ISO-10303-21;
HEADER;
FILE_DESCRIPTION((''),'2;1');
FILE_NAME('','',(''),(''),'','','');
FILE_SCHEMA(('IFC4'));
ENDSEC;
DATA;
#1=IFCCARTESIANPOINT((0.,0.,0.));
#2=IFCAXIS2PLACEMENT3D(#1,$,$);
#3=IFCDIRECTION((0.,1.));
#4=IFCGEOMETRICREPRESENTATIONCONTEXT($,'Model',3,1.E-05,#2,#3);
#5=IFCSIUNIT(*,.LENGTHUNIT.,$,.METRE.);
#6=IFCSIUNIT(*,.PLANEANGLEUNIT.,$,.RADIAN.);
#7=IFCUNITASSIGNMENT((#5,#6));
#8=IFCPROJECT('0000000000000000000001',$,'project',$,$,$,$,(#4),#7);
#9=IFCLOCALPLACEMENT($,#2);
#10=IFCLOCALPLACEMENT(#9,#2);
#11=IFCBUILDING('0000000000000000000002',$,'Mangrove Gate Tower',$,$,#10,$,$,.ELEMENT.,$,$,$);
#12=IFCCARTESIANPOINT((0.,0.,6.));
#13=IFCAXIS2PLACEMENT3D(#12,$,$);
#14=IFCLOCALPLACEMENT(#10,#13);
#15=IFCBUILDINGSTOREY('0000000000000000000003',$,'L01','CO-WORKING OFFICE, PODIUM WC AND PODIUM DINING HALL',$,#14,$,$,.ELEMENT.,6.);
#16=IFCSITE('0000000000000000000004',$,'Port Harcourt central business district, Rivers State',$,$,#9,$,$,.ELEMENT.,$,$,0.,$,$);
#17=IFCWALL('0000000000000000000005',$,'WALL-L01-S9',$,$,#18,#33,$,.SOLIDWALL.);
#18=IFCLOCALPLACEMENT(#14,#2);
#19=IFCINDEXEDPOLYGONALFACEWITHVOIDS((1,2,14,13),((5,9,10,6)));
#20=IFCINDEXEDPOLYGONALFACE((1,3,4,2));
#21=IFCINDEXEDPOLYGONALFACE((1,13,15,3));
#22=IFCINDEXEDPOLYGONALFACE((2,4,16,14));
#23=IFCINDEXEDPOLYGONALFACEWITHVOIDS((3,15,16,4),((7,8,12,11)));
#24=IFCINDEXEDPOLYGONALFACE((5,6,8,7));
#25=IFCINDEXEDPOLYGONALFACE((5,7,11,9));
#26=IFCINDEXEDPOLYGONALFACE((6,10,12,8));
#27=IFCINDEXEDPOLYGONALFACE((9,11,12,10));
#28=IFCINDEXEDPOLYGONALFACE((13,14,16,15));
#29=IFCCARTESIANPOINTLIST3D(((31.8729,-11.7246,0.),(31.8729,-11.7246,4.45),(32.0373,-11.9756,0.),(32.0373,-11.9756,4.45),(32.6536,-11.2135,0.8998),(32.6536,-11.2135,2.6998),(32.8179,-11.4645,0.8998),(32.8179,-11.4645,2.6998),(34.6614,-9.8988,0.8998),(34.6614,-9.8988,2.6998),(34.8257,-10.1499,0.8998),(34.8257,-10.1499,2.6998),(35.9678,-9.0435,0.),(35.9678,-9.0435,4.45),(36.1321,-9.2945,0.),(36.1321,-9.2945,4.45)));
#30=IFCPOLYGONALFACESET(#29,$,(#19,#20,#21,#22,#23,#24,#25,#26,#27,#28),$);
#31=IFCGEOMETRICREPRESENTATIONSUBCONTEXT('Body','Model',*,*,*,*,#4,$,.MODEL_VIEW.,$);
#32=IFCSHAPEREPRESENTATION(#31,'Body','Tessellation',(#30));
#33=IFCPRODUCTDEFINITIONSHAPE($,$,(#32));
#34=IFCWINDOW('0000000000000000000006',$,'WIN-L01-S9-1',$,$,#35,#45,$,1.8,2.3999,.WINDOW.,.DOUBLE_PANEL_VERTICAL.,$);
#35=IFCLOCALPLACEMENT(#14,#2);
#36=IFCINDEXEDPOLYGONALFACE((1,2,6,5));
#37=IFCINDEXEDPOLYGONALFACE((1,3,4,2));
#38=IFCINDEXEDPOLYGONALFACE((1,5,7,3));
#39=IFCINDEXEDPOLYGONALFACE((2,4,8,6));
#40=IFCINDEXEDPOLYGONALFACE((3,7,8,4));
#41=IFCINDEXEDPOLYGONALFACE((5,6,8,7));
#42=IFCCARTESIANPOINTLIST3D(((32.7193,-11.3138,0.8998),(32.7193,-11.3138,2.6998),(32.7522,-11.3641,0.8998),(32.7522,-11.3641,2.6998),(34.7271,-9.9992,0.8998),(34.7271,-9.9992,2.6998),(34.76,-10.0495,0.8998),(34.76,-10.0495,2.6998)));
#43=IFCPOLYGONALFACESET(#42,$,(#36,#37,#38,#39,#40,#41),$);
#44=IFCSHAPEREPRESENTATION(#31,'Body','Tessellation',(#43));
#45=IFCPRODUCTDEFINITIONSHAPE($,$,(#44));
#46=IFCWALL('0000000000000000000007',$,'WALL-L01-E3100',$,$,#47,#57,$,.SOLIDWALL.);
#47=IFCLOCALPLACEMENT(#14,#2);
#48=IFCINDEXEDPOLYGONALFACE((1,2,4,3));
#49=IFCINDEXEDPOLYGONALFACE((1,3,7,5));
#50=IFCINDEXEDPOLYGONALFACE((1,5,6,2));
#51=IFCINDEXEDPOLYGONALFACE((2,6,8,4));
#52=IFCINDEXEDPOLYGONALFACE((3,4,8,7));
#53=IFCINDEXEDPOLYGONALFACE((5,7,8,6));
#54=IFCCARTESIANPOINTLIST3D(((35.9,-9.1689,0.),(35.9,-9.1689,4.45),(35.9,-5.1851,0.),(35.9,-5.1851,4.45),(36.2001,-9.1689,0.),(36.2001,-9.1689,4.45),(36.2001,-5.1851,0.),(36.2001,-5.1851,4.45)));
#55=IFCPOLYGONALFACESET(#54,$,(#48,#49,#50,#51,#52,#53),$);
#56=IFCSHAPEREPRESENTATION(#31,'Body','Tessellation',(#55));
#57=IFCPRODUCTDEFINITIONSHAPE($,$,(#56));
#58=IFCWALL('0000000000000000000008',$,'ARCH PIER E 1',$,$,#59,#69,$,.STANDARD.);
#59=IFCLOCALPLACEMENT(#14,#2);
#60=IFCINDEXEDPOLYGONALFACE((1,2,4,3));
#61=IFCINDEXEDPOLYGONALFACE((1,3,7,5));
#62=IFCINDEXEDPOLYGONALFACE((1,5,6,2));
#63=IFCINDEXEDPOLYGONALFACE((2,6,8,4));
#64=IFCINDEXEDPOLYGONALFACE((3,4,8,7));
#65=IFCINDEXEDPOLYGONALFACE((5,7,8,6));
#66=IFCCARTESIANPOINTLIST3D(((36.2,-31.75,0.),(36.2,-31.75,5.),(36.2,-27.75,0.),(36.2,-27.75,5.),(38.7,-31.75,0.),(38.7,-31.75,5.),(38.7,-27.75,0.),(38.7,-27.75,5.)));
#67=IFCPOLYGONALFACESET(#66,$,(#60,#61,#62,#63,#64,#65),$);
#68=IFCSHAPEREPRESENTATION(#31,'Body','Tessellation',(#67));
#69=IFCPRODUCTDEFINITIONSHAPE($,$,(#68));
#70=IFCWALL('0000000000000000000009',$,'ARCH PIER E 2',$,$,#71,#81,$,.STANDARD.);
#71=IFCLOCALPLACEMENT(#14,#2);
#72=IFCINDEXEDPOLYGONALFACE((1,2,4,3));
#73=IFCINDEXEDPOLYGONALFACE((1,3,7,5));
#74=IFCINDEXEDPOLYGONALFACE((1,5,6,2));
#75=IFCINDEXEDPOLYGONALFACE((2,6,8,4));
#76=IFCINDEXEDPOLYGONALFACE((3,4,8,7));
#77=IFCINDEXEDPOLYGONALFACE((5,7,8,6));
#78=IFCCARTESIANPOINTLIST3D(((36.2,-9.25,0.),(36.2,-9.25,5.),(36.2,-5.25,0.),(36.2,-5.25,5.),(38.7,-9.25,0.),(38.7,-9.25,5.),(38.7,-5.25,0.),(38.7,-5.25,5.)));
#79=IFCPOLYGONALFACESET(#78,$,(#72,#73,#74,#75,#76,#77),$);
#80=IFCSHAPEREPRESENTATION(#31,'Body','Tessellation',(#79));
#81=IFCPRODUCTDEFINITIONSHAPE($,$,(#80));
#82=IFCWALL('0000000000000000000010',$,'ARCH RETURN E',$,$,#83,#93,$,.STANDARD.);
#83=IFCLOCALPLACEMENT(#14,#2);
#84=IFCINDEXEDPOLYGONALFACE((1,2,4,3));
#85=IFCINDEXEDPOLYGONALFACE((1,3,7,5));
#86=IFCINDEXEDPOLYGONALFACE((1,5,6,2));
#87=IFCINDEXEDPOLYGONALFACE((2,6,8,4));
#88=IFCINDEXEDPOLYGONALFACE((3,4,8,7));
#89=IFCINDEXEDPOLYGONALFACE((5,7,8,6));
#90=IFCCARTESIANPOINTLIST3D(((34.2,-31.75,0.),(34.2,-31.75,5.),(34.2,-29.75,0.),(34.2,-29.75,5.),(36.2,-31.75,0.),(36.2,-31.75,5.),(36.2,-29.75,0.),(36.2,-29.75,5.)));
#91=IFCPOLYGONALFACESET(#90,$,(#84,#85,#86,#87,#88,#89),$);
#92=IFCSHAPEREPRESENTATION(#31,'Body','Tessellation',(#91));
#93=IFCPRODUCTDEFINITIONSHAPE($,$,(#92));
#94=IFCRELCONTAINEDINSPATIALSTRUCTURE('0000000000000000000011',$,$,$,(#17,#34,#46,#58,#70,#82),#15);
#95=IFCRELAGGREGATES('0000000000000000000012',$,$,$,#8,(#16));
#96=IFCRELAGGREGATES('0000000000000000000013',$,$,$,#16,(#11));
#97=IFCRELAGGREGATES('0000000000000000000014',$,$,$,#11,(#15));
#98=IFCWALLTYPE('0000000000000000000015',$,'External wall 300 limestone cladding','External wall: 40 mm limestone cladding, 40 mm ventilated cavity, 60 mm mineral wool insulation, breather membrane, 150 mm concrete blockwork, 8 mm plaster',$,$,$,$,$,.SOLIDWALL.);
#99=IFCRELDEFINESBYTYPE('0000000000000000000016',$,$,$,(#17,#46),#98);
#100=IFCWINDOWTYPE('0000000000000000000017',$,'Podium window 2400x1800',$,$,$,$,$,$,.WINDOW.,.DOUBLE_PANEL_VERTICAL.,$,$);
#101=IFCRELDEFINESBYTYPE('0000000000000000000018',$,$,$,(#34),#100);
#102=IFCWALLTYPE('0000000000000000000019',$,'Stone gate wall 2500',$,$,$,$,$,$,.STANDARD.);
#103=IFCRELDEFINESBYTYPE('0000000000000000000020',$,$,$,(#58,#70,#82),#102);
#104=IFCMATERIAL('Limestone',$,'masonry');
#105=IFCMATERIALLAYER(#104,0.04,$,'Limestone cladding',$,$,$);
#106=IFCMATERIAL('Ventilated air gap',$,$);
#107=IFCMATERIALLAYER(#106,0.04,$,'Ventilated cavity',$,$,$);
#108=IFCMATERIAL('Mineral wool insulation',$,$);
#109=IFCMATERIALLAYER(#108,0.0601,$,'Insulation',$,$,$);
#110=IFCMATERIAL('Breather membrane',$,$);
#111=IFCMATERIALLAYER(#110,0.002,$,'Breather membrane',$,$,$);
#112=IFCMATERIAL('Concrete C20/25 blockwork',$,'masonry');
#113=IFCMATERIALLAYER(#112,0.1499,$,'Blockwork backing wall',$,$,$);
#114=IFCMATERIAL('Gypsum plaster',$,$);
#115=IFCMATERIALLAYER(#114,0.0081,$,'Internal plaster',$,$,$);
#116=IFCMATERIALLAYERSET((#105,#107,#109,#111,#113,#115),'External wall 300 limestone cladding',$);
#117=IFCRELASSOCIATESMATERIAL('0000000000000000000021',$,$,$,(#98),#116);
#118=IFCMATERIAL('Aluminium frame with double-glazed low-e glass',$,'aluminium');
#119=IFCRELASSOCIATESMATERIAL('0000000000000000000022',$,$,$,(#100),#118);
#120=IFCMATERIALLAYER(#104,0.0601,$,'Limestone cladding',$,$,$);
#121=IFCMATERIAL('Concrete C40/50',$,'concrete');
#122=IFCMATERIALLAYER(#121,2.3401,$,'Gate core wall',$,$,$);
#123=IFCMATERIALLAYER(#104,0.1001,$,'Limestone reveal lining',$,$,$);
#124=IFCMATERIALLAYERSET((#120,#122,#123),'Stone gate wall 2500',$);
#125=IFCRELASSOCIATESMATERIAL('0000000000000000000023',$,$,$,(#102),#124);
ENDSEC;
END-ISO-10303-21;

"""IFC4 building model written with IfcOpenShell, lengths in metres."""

from ifc_helpers import new_model, si_unit, direction, frame, frame_2d, origin, place, context, subcontext, project, spatial, rectangle, extrude, material, layer, layer_set, type_object, element, fill, save


model = new_model("IFC4")

# Units and contexts
model_context = context("Model", 3, precision=1e-05, world=origin(), true_north=direction((0.0, 1.0)))
body_context = subcontext(model_context, "Body", "Model", "MODEL_VIEW")
ifc_project = project(units=[si_unit("LENGTHUNIT", "METRE"), si_unit("PLANEANGLEUNIT", "RADIAN")], contexts=[model_context])

# Site, building, storey
site_placement = place(None, origin())
site = spatial("IfcSite", under=ifc_project, at=site_placement, Name="Port Harcourt central business district, Rivers State", CompositionType="ELEMENT", RefElevation=0.0)
building_placement = place(site_placement, origin())
building = spatial("IfcBuilding", under=site, at=building_placement, Name="Mangrove Gate Tower", CompositionType="ELEMENT")
storey_placement = place(building_placement, frame((0.0, 0.0, 6.0)))
storey = spatial("IfcBuildingStorey", under=building, at=storey_placement, Name="L01", Description="CO-WORKING OFFICE, PODIUM WC AND PODIUM DINING HALL", CompositionType="ELEMENT", Elevation=6.0)

# Shared definitions
ifc_material_1 = material(Name="Limestone", Category="masonry")
ifc_layer_1 = layer(ifc_material_1, 0.04, Name="Limestone cladding")
ifc_material_2 = material(Name="Ventilated air gap")
ifc_layer_2 = layer(ifc_material_2, 0.04, Name="Ventilated cavity")
ifc_material_3 = material(Name="Mineral wool insulation")
ifc_layer_3 = layer(ifc_material_3, 0.0601, Name="Insulation")
ifc_material_4 = material(Name="Breather membrane")
ifc_layer_4 = layer(ifc_material_4, 0.002, Name="Breather membrane")
ifc_material_5 = material(Name="Concrete C20/25 blockwork", Category="masonry")
ifc_layer_5 = layer(ifc_material_5, 0.1499, Name="Blockwork backing wall")
ifc_material_6 = material(Name="Gypsum plaster")
ifc_layer_6 = layer(ifc_material_6, 0.0081, Name="Internal plaster")
ifc_layer_set_1 = layer_set([ifc_layer_1, ifc_layer_2, ifc_layer_3, ifc_layer_4, ifc_layer_5, ifc_layer_6], Name="External wall 300 limestone cladding")
wall_type_1 = type_object("IfcWallType", Name="External wall 300 limestone cladding", Description="External wall: 40 mm limestone cladding, 40 mm ventilated cavity, 60 mm mineral wool insulation, breather membrane, 150 mm concrete blockwork, 8 mm plaster", PredefinedType="SOLIDWALL", material=ifc_layer_set_1)

# Wall, opening, window
ifc_material_7 = material(Name="Aluminium frame with double-glazed low-e glass", Category="aluminium")
window_type_1 = type_object("IfcWindowType", Name="Podium window 2400x1800", PartitioningType="DOUBLE_PANEL_VERTICAL", PredefinedType="WINDOW", material=ifc_material_7)
wall_1_placement = place(storey_placement, frame((31.9551, -11.8501, 0.0), z_axis=(0.0, 0.0, 1.0), x_axis=(0.836626, 0.547775, 0.0)))
wall_1 = element("IfcWall", 1, at=wall_1_placement, inside=storey, type_object=wall_type_1, Name="WALL-L01-S9", PredefinedType="SOLIDWALL", context=body_context, shape_type="SweptSolid", body=[
    extrude(rectangle(XDim=4.8945, YDim=0.3, at=frame_2d((2.4473, 0.0))), origin(), (0.0, 0.0, 1.0), 4.45),
])
opening_1_placement = place(wall_1_placement, frame((0.9331, 0.0, 0.8999)))
opening_1 = element("IfcOpeningElement", 2, at=opening_1_placement, cuts=wall_1, PredefinedType="OPENING", context=body_context, shape_type="SweptSolid", body=[
    extrude(rectangle(XDim=2.3999, YDim=1.8, at=frame_2d((1.2, 0.8999))), frame((0.0, 0.1599, 0.0), z_axis=(0.0, -1.0, 0.0), x_axis=(1.0, 0.0, 0.0)), (0.0, 0.0, 1.0), 0.3201),
])
window_1_placement = place(opening_1_placement, origin())
window_1 = element("IfcWindow", 3, at=window_1_placement, inside=storey, type_object=window_type_1, Name="WIN-L01-S9-1", OverallHeight=1.8, OverallWidth=2.3999, PartitioningType="DOUBLE_PANEL_VERTICAL", PredefinedType="WINDOW", context=body_context, shape_type="SweptSolid", body=[
    extrude(rectangle(XDim=2.3999, YDim=1.8, at=frame_2d((1.2, 0.8999))), frame((0.0, 0.03, 0.0), z_axis=(0.0, -1.0, 0.0), x_axis=(1.0, 0.0, 0.0)), (0.0, 0.0, 1.0), 0.0601),
])
fill(opening_1, window_1)

# Walls
wall_2_placement = place(storey_placement, frame((36.05, -9.1689, 0.0), z_axis=(0.0, 0.0, 1.0), x_axis=(0.0, 1.0, 0.0)))
element("IfcWall", 4, at=wall_2_placement, inside=storey, type_object=wall_type_1, Name="WALL-L01-E3100", PredefinedType="SOLIDWALL", context=body_context, shape_type="SweptSolid", body=[
    extrude(rectangle(XDim=3.9839, YDim=0.3, at=frame_2d((1.9919, 0.0))), origin(), (0.0, 0.0, 1.0), 4.45),
])
ifc_layer_7 = layer(ifc_material_1, 0.0601, Name="Limestone cladding")
ifc_material_8 = material(Name="Concrete C40/50", Category="concrete")
ifc_layer_8 = layer(ifc_material_8, 2.3401, Name="Gate core wall")
ifc_layer_9 = layer(ifc_material_1, 0.1001, Name="Limestone reveal lining")
ifc_layer_set_2 = layer_set([ifc_layer_7, ifc_layer_8, ifc_layer_9], Name="Stone gate wall 2500")
wall_type_2 = type_object("IfcWallType", Name="Stone gate wall 2500", PredefinedType="STANDARD", material=ifc_layer_set_2)
for number, where, z_axis, x_axis, name in (
    (5, (37.45, -31.75, 0.0), (0.0, 0.0, 1.0), (0.0, 1.0, 0.0), "ARCH PIER E 1"),
    (6, (37.45, -9.25, 0.0), (0.0, 0.0, 1.0), (0.0, 1.0, 0.0), "ARCH PIER E 2"),
):
    element("IfcWall", number, at=place(storey_placement, frame(where, z_axis=z_axis, x_axis=x_axis)), inside=storey, type_object=wall_type_2, Name=name, PredefinedType="STANDARD", context=body_context, shape_type="SweptSolid", body=[
        extrude(rectangle(XDim=4.0, YDim=2.5, at=frame_2d((2.0, 0.0))), origin(), (0.0, 0.0, 1.0), 5.0),
    ])
wall_3_placement = place(storey_placement, frame((34.2, -30.75, 0.0), z_axis=(0.0, 0.0, 1.0), x_axis=(1.0, 0.0, 0.0)))
element("IfcWall", 7, at=wall_3_placement, inside=storey, type_object=wall_type_2, Name="ARCH RETURN E", PredefinedType="STANDARD", context=body_context, shape_type="SweptSolid", body=[
    extrude(rectangle(XDim=2.0, YDim=2.0, at=frame_2d((1.0, 0.0))), origin(), (0.0, 0.0, 1.0), 5.0),
])

save(model, "model.ifc")
